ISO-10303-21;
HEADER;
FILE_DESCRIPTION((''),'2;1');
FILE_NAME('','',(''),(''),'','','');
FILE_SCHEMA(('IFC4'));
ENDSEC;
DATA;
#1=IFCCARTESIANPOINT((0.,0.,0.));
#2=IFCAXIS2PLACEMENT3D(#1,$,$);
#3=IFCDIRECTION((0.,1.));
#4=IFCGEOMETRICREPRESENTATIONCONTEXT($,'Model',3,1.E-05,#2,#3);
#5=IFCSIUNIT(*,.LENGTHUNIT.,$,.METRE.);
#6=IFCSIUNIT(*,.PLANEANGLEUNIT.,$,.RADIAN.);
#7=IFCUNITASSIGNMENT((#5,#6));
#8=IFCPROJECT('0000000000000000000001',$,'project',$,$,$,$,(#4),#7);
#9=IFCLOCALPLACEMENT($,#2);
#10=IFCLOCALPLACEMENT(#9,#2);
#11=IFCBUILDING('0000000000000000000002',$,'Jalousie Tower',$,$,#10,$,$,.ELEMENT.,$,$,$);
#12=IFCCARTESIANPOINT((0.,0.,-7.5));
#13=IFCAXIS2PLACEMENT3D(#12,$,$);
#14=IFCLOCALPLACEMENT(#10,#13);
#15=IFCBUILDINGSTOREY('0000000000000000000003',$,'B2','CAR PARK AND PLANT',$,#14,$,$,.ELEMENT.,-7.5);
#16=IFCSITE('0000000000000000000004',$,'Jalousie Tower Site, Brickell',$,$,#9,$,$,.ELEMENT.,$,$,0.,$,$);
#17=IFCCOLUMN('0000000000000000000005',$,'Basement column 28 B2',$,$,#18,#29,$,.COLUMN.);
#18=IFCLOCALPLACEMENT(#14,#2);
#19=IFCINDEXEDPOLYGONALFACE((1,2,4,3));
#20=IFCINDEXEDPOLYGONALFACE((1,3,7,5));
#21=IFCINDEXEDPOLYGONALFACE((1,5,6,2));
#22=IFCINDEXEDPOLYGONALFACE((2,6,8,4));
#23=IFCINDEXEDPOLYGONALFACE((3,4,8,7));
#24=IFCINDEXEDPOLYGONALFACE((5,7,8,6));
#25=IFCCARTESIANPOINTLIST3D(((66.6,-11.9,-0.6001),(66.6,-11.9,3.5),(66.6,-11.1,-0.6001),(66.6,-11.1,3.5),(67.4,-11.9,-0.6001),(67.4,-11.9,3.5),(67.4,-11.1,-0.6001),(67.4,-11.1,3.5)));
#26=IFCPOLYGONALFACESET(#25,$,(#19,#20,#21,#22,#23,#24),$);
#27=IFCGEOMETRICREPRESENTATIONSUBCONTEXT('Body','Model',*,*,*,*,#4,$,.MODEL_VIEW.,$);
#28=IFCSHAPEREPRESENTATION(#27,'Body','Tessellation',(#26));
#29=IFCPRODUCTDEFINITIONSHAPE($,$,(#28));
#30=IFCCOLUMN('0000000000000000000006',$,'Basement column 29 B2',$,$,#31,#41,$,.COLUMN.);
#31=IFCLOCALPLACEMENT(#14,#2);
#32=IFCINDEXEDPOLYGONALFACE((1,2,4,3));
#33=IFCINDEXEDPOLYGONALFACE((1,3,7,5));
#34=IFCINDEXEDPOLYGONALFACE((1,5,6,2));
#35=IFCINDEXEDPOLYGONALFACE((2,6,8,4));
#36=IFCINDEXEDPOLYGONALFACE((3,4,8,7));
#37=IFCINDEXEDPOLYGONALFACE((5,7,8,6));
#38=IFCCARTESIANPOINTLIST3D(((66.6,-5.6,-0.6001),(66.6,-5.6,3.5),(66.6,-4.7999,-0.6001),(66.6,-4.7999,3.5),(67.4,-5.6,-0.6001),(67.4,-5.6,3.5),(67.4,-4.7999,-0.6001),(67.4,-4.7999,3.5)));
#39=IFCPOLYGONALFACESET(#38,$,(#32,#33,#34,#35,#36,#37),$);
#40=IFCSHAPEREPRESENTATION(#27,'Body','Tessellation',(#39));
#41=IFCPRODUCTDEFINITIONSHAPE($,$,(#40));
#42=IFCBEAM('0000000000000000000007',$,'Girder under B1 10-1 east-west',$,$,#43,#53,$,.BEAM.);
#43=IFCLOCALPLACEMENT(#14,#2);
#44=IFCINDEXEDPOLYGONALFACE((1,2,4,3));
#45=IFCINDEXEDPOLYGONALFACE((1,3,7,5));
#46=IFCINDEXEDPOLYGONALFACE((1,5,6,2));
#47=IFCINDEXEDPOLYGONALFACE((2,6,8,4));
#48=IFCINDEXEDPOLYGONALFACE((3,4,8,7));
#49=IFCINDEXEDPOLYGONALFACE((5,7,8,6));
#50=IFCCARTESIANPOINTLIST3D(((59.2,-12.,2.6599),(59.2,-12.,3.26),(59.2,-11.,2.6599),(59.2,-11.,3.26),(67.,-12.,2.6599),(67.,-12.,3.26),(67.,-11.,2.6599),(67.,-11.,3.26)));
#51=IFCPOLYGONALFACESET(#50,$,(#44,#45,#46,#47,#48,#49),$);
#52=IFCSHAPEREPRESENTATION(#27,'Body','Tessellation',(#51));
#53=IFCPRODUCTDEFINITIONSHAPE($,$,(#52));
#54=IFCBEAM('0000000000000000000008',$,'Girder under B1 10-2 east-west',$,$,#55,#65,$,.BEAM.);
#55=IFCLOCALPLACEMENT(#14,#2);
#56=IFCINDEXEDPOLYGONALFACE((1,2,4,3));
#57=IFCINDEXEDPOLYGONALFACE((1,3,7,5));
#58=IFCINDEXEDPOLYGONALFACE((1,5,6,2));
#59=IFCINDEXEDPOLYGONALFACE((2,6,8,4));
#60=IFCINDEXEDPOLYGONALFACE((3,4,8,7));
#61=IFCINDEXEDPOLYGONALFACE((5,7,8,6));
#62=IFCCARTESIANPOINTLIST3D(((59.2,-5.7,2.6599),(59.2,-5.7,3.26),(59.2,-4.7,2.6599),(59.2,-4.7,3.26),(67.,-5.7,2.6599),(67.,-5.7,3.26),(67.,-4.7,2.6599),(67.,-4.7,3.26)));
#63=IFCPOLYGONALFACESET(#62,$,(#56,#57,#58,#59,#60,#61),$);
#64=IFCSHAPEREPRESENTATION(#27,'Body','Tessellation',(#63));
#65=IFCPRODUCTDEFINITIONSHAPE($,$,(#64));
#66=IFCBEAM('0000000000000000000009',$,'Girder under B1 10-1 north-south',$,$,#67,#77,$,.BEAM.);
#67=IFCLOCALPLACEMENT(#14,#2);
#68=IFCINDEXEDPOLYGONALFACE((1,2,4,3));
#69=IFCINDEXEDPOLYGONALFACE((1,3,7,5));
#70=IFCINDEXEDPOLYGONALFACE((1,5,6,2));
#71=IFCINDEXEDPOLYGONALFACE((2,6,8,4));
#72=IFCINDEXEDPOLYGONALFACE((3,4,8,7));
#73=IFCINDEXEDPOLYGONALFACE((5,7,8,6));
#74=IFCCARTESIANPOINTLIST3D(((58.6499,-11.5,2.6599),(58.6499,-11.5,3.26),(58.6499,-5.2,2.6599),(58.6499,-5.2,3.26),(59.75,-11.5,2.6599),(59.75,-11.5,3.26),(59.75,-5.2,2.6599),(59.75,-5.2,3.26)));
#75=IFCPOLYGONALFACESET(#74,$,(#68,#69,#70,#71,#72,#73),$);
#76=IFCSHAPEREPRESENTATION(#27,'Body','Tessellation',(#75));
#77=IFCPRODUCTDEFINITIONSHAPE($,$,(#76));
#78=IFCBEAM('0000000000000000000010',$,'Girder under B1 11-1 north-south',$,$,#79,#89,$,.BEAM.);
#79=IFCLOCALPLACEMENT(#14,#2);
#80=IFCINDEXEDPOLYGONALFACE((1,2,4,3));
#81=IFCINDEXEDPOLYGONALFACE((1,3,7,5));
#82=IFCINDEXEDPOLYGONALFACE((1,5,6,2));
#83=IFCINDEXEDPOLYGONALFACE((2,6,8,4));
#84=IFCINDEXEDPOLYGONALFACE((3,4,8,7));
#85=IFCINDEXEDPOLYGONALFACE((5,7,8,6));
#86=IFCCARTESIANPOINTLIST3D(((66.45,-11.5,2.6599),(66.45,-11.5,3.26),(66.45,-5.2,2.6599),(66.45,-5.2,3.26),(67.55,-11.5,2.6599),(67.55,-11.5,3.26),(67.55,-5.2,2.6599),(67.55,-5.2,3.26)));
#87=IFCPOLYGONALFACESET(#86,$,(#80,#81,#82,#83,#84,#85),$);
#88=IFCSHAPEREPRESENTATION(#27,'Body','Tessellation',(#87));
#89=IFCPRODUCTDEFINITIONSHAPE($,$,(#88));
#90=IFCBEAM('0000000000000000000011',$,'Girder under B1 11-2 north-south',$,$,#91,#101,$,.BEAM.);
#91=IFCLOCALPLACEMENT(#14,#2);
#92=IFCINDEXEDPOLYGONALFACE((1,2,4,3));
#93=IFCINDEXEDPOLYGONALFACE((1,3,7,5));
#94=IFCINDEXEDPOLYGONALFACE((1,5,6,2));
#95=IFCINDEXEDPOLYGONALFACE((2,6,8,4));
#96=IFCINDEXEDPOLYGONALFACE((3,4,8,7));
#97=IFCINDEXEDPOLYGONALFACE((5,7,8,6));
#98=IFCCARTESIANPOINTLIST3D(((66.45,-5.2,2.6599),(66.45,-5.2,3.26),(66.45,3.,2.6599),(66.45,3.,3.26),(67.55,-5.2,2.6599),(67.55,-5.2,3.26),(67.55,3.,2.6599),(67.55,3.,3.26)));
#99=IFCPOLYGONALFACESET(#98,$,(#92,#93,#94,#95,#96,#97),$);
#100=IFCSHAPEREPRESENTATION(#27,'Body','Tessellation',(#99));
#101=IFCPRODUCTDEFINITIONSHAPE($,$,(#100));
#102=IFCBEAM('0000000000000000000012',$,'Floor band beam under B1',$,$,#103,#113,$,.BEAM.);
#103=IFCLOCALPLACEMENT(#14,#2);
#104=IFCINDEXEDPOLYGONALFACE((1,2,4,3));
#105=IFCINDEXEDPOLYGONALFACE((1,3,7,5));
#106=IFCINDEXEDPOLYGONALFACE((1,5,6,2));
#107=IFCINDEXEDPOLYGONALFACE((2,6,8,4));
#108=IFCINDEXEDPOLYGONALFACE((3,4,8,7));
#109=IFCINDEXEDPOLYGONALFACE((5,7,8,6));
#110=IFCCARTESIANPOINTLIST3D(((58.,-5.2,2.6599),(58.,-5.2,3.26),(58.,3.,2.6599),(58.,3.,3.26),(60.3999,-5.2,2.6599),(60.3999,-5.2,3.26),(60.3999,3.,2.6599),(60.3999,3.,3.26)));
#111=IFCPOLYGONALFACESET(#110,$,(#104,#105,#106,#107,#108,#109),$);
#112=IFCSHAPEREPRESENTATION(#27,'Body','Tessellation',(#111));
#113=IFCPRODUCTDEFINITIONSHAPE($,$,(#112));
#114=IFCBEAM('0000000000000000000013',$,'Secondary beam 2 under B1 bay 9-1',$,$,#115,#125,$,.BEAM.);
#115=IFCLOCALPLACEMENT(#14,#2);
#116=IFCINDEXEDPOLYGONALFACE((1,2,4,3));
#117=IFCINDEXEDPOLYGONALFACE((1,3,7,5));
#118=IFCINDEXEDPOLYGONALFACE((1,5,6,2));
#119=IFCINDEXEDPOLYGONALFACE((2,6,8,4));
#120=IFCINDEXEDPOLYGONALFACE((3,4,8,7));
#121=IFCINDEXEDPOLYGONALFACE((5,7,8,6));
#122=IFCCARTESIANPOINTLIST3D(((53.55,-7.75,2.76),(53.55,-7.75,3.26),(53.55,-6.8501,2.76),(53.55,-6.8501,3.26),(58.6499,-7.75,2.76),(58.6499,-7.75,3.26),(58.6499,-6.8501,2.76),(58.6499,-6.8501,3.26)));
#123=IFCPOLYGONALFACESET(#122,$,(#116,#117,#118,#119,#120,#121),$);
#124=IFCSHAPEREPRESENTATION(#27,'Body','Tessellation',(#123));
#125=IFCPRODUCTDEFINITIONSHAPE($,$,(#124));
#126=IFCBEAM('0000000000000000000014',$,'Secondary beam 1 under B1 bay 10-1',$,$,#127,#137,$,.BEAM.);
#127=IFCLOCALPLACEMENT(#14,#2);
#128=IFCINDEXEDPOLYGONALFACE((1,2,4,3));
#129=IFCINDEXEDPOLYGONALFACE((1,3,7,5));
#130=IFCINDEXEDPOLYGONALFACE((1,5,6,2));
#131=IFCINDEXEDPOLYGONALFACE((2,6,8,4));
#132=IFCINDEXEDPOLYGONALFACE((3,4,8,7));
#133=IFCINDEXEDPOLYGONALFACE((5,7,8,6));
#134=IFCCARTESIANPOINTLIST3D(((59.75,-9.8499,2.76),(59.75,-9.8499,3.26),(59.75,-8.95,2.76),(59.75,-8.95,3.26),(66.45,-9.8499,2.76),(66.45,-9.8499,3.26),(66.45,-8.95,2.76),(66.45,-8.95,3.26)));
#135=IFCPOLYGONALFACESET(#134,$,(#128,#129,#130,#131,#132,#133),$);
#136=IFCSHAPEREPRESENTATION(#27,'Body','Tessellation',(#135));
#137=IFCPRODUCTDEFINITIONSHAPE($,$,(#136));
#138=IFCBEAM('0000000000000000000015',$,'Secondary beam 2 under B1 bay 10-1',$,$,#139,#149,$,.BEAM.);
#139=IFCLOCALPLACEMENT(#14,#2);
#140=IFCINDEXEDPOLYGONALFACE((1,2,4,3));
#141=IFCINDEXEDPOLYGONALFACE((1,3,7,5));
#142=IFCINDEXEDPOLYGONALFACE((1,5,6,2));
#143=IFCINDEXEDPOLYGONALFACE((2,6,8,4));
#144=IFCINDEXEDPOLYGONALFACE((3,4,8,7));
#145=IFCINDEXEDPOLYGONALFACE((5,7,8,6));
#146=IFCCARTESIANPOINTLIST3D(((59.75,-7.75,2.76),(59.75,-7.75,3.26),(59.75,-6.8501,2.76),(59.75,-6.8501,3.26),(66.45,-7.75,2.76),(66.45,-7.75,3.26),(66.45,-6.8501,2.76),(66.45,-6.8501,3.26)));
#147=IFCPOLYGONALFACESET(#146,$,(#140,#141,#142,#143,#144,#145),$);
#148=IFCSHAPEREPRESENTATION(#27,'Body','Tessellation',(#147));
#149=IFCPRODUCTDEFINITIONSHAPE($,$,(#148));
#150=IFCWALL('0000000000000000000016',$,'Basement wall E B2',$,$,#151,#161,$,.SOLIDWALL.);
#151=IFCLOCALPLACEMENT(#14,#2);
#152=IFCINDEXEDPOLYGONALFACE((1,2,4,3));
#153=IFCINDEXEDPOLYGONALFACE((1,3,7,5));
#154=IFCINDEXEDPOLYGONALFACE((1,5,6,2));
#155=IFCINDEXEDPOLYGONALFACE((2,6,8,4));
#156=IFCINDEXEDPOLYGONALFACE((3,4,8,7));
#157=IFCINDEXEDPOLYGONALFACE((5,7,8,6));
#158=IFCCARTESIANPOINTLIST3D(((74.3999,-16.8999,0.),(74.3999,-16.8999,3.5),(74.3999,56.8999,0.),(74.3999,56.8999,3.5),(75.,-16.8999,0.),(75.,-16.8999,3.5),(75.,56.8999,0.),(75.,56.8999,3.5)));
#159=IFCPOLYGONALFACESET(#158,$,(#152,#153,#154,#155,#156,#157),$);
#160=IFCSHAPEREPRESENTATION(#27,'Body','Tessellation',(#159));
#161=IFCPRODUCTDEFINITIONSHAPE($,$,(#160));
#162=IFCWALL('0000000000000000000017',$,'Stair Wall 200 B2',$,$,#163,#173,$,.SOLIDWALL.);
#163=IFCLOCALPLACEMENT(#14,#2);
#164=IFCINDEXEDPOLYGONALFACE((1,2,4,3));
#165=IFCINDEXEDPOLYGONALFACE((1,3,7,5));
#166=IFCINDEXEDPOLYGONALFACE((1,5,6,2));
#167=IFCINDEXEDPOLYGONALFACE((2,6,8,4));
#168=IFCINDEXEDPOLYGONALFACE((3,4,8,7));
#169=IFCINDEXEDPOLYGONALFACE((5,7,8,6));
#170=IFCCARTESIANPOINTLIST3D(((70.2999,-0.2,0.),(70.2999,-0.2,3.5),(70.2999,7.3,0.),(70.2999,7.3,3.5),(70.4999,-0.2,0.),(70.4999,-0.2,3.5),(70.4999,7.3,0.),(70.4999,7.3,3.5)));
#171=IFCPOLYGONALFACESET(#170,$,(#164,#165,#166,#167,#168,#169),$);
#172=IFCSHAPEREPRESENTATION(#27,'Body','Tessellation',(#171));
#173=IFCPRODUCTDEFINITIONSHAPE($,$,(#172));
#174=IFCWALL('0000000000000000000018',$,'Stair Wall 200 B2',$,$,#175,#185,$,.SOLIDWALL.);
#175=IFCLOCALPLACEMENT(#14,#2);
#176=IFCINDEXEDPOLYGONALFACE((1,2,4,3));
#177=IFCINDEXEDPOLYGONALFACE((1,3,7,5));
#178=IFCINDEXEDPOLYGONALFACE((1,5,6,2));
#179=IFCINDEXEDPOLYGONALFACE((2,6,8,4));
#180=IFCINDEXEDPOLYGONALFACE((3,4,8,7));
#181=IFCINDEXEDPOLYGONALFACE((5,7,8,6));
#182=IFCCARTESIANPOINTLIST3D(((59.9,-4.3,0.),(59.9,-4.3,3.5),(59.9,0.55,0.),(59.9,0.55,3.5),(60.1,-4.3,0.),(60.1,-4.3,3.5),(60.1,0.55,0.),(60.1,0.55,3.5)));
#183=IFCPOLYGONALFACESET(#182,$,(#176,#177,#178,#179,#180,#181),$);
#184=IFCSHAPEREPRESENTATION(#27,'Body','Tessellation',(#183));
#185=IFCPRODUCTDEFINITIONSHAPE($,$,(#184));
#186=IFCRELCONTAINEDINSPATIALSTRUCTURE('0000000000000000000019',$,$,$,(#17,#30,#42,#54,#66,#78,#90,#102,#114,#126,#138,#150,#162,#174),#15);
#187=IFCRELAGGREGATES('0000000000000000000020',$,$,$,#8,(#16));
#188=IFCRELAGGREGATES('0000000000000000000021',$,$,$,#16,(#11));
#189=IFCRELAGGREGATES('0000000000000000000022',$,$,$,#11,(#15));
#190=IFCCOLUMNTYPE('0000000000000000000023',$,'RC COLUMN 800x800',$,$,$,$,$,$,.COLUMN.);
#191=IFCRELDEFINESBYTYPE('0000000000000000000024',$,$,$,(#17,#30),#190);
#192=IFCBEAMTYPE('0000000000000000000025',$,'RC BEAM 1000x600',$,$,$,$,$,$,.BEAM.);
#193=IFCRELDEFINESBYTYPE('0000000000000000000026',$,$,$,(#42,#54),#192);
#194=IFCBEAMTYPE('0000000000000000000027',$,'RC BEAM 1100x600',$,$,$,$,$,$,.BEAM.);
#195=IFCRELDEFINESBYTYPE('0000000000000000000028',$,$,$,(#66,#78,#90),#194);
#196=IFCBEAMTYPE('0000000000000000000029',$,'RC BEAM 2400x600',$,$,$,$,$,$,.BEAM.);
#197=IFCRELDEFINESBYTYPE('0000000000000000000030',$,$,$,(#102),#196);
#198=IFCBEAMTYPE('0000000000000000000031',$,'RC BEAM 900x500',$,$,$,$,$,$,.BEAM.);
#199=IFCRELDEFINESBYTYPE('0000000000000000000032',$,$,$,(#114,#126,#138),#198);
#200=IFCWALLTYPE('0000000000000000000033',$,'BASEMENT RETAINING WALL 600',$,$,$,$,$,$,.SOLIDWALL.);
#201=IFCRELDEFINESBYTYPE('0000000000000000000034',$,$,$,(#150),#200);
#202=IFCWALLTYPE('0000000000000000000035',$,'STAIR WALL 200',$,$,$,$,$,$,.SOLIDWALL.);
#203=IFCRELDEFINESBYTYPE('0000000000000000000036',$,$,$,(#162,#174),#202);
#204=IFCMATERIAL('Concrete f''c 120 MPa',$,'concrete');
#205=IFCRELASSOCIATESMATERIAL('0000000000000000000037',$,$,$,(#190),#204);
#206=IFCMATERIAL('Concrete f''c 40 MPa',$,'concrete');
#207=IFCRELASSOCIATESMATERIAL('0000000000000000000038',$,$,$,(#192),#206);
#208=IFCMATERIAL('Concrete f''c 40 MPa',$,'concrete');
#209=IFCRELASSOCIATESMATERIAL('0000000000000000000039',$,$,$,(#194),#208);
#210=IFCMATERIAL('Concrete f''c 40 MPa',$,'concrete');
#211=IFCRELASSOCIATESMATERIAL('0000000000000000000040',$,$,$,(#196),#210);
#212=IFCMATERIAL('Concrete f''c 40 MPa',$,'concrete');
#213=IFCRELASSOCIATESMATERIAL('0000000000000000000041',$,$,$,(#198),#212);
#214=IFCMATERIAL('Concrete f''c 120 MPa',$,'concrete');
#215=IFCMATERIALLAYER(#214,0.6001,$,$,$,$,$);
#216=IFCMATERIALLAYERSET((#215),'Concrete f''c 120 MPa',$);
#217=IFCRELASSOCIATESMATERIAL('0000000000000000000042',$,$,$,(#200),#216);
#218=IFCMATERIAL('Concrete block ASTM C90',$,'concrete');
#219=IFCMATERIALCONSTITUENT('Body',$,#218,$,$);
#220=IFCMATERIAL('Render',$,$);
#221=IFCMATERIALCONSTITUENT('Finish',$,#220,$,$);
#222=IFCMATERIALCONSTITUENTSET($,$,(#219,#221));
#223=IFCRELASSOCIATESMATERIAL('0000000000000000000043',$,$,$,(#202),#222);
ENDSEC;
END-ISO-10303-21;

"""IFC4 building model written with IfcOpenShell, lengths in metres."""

from ifc_helpers import new_model, si_unit, direction, frame, frame_2d, origin, origin_2d, place, context, subcontext, project, spatial, rectangle, extrude, material, layer, layer_set, constituent, constituent_set, material_profile, profile_set, type_object, element, save


model = new_model("IFC4")

# Units and contexts
model_context = context("Model", 3, precision=1e-05, world=origin(), true_north=direction((0.0, 1.0)))
body_context = subcontext(model_context, "Body", "Model", "MODEL_VIEW")
ifc_project = project(units=[si_unit("LENGTHUNIT", "METRE"), si_unit("PLANEANGLEUNIT", "RADIAN")], contexts=[model_context])

# Site, building, storey
site_placement = place(None, origin())
site = spatial("IfcSite", under=ifc_project, at=site_placement, Name="Jalousie Tower Site, Brickell", CompositionType="ELEMENT", RefElevation=0.0)
building_placement = place(site_placement, origin())
building = spatial("IfcBuilding", under=site, at=building_placement, Name="Jalousie Tower", CompositionType="ELEMENT")
storey_placement = place(building_placement, frame((0.0, 0.0, -7.5)))
storey = spatial("IfcBuildingStorey", under=building, at=storey_placement, Name="B2", Description="CAR PARK AND PLANT", CompositionType="ELEMENT", Elevation=-7.5)

# Columns
ifc_material_1 = material(Name="Concrete f'c 120 MPa", Category="concrete")
ifc_material_profile_1 = material_profile(ifc_material_1, rectangle(XDim=0.8, YDim=0.8, at=origin_2d()), Name="RC 800x800")
ifc_profile_set_1 = profile_set([ifc_material_profile_1], Name="Concrete f'c 120 MPa")
column_type = type_object("IfcColumnType", Name="RC COLUMN 800x800", PredefinedType="COLUMN", material=ifc_profile_set_1)
for number, where, z_axis, x_axis, name in (
    (1, (67.0, -11.5, -0.6001), (0.0, 0.0, 1.0), (1.0, 0.0, 0.0), "Basement column 28 B2"),
    (2, (67.0, -5.2, -0.6001), (0.0, 0.0, 1.0), (1.0, 0.0, 0.0), "Basement column 29 B2"),
):
    element("IfcColumn", number, at=place(storey_placement, frame(where, z_axis=z_axis, x_axis=x_axis)), inside=storey, type_object=column_type, Name=name, PredefinedType="COLUMN", context=body_context, shape_type="SweptSolid", body=[
        extrude(rectangle(XDim=0.8, YDim=0.8, at=origin_2d()), origin(), (0.0, 0.0, 1.0), 4.1001),
    ])

# Beams
ifc_material_2 = material(Name="Concrete f'c 40 MPa", Category="concrete")
ifc_material_profile_2 = material_profile(ifc_material_2, rectangle(XDim=1.0, YDim=0.6001, at=origin_2d()), Name="RC 1000x600")
ifc_profile_set_2 = profile_set([ifc_material_profile_2], Name="Concrete f'c 40 MPa")
beam_type_1 = type_object("IfcBeamType", Name="RC BEAM 1000x600", PredefinedType="BEAM", material=ifc_profile_set_2)
for number, where, z_axis, x_axis, name in (
    (3, (59.2, -11.5, 2.96), (1.0, 0.0, 0.0), (0.0, 1.0, 0.0), "Girder under B1 10-1 east-west"),
    (4, (59.2, -5.2, 2.96), (1.0, 0.0, 0.0), (0.0, 1.0, 0.0), "Girder under B1 10-2 east-west"),
):
    element("IfcBeam", number, at=place(storey_placement, frame(where, z_axis=z_axis, x_axis=x_axis)), inside=storey, type_object=beam_type_1, Name=name, PredefinedType="BEAM", context=body_context, shape_type="SweptSolid", body=[
        extrude(rectangle(XDim=1.0, YDim=0.6001, at=origin_2d()), origin(), (0.0, 0.0, 1.0), 7.8),
    ])
ifc_material_3 = material(Name="Concrete f'c 40 MPa", Category="concrete")
ifc_material_profile_3 = material_profile(ifc_material_3, rectangle(XDim=1.1001, YDim=0.6001, at=origin_2d()), Name="RC 1100x600")
ifc_profile_set_3 = profile_set([ifc_material_profile_3], Name="Concrete f'c 40 MPa")
beam_type_2 = type_object("IfcBeamType", Name="RC BEAM 1100x600", PredefinedType="BEAM", material=ifc_profile_set_3)
for number, where, z_axis, x_axis, name in (
    (5, (59.2, -11.5, 2.96), (0.0, 1.0, 0.0), (-1.0, 0.0, 0.0), "Girder under B1 10-1 north-south"),
    (6, (67.0, -11.5, 2.96), (0.0, 1.0, 0.0), (-1.0, 0.0, 0.0), "Girder under B1 11-1 north-south"),
):
    element("IfcBeam", number, at=place(storey_placement, frame(where, z_axis=z_axis, x_axis=x_axis)), inside=storey, type_object=beam_type_2, Name=name, PredefinedType="BEAM", context=body_context, shape_type="SweptSolid", body=[
        extrude(rectangle(XDim=1.1001, YDim=0.6001, at=origin_2d()), origin(), (0.0, 0.0, 1.0), 6.3),
    ])
beam_1_placement = place(storey_placement, frame((67.0, -5.2, 2.96), z_axis=(0.0, 1.0, 0.0), x_axis=(-1.0, 0.0, 0.0)))
element("IfcBeam", 7, at=beam_1_placement, inside=storey, type_object=beam_type_2, Name="Girder under B1 11-2 north-south", PredefinedType="BEAM", context=body_context, shape_type="SweptSolid", body=[
    extrude(rectangle(XDim=1.1001, YDim=0.6001, at=origin_2d()), origin(), (0.0, 0.0, 1.0), 8.2),
])
ifc_material_4 = material(Name="Concrete f'c 40 MPa", Category="concrete")
ifc_material_profile_4 = material_profile(ifc_material_4, rectangle(XDim=2.3999, YDim=0.6001, at=origin_2d()), Name="RC 2400x600")
ifc_profile_set_4 = profile_set([ifc_material_profile_4], Name="Concrete f'c 40 MPa")
beam_type_3 = type_object("IfcBeamType", Name="RC BEAM 2400x600", PredefinedType="BEAM", material=ifc_profile_set_4)
beam_2_placement = place(storey_placement, frame((59.2, -5.2, 2.96), z_axis=(0.0, 1.0, 0.0), x_axis=(-1.0, 0.0, 0.0)))
element("IfcBeam", 8, at=beam_2_placement, inside=storey, type_object=beam_type_3, Name="Floor band beam under B1", PredefinedType="BEAM", context=body_context, shape_type="SweptSolid", body=[
    extrude(rectangle(XDim=2.3999, YDim=0.6001, at=origin_2d()), origin(), (0.0, 0.0, 1.0), 8.2),
])
ifc_material_5 = material(Name="Concrete f'c 40 MPa", Category="concrete")
ifc_material_profile_5 = material_profile(ifc_material_5, rectangle(XDim=0.8999, YDim=0.5, at=origin_2d()), Name="RC 900x500")
ifc_profile_set_5 = profile_set([ifc_material_profile_5], Name="Concrete f'c 40 MPa")
beam_type_4 = type_object("IfcBeamType", Name="RC BEAM 900x500", PredefinedType="BEAM", material=ifc_profile_set_5)
beam_3_placement = place(storey_placement, frame((53.55, -7.3, 3.01), z_axis=(1.0, 0.0, 0.0), x_axis=(0.0, 1.0, 0.0)))
element("IfcBeam", 9, at=beam_3_placement, inside=storey, type_object=beam_type_4, Name="Secondary beam 2 under B1 bay 9-1", PredefinedType="BEAM", context=body_context, shape_type="SweptSolid", body=[
    extrude(rectangle(XDim=0.8999, YDim=0.5, at=origin_2d()), origin(), (0.0, 0.0, 1.0), 5.0999),
])
for number, where, z_axis, x_axis, name in (
    (10, (59.75, -9.3999, 3.01), (1.0, 0.0, 0.0), (0.0, 1.0, 0.0), "Secondary beam 1 under B1 bay 10-1"),
    (11, (59.75, -7.3, 3.01), (1.0, 0.0, 0.0), (0.0, 1.0, 0.0), "Secondary beam 2 under B1 bay 10-1"),
):
    element("IfcBeam", number, at=place(storey_placement, frame(where, z_axis=z_axis, x_axis=x_axis)), inside=storey, type_object=beam_type_4, Name=name, PredefinedType="BEAM", context=body_context, shape_type="SweptSolid", body=[
        extrude(rectangle(XDim=0.8999, YDim=0.5, at=origin_2d()), origin(), (0.0, 0.0, 1.0), 6.7),
    ])

# Walls
ifc_material_6 = material(Name="Concrete f'c 120 MPa", Category="concrete")
ifc_layer = layer(ifc_material_6, 0.6001)
ifc_layer_set = layer_set([ifc_layer], Name="Concrete f'c 120 MPa")
wall_type_1 = type_object("IfcWallType", Name="BASEMENT RETAINING WALL 600", PredefinedType="SOLIDWALL", material=ifc_layer_set)
wall_1_placement = place(storey_placement, frame((74.7, -16.8999, 0.0), z_axis=(0.0, 0.0, 1.0), x_axis=(0.0, 1.0, 0.0)))
element("IfcWall", 12, at=wall_1_placement, inside=storey, type_object=wall_type_1, Name="Basement wall E B2", PredefinedType="SOLIDWALL", context=body_context, shape_type="SweptSolid", body=[
    extrude(rectangle(XDim=73.7998, YDim=0.6001, at=frame_2d((36.8999, 0.0))), origin(), (0.0, 0.0, 1.0), 3.5),
])
ifc_material_7 = material(Name="Concrete block ASTM C90", Category="concrete")
ifc_constituent_1 = constituent(ifc_material_7, Name="Body")
ifc_material_8 = material(Name="Render")
ifc_constituent_2 = constituent(ifc_material_8, Name="Finish")
ifc_constituent_set = constituent_set(constituents=[ifc_constituent_1, ifc_constituent_2])
wall_type_2 = type_object("IfcWallType", Name="STAIR WALL 200", PredefinedType="SOLIDWALL", material=ifc_constituent_set)
wall_2_placement = place(storey_placement, frame((70.3999, -0.2, 0.0), z_axis=(0.0, 0.0, 1.0), x_axis=(0.0, 1.0, 0.0)))
element("IfcWall", 13, at=wall_2_placement, inside=storey, type_object=wall_type_2, Name="Stair Wall 200 B2", PredefinedType="SOLIDWALL", context=body_context, shape_type="SweptSolid", body=[
    extrude(rectangle(XDim=7.5, YDim=0.2, at=frame_2d((3.75, 0.0))), origin(), (0.0, 0.0, 1.0), 3.5),
])
wall_3_placement = place(storey_placement, frame((60.0, -4.3, 0.0), z_axis=(0.0, 0.0, 1.0), x_axis=(0.0, 1.0, 0.0)))
element("IfcWall", 14, at=wall_3_placement, inside=storey, type_object=wall_type_2, Name="Stair Wall 200 B2", PredefinedType="SOLIDWALL", context=body_context, shape_type="SweptSolid", body=[
    extrude(rectangle(XDim=4.8501, YDim=0.2, at=frame_2d((2.425, 0.0))), origin(), (0.0, 0.0, 1.0), 3.5),
])

save(model, "model.ifc")
